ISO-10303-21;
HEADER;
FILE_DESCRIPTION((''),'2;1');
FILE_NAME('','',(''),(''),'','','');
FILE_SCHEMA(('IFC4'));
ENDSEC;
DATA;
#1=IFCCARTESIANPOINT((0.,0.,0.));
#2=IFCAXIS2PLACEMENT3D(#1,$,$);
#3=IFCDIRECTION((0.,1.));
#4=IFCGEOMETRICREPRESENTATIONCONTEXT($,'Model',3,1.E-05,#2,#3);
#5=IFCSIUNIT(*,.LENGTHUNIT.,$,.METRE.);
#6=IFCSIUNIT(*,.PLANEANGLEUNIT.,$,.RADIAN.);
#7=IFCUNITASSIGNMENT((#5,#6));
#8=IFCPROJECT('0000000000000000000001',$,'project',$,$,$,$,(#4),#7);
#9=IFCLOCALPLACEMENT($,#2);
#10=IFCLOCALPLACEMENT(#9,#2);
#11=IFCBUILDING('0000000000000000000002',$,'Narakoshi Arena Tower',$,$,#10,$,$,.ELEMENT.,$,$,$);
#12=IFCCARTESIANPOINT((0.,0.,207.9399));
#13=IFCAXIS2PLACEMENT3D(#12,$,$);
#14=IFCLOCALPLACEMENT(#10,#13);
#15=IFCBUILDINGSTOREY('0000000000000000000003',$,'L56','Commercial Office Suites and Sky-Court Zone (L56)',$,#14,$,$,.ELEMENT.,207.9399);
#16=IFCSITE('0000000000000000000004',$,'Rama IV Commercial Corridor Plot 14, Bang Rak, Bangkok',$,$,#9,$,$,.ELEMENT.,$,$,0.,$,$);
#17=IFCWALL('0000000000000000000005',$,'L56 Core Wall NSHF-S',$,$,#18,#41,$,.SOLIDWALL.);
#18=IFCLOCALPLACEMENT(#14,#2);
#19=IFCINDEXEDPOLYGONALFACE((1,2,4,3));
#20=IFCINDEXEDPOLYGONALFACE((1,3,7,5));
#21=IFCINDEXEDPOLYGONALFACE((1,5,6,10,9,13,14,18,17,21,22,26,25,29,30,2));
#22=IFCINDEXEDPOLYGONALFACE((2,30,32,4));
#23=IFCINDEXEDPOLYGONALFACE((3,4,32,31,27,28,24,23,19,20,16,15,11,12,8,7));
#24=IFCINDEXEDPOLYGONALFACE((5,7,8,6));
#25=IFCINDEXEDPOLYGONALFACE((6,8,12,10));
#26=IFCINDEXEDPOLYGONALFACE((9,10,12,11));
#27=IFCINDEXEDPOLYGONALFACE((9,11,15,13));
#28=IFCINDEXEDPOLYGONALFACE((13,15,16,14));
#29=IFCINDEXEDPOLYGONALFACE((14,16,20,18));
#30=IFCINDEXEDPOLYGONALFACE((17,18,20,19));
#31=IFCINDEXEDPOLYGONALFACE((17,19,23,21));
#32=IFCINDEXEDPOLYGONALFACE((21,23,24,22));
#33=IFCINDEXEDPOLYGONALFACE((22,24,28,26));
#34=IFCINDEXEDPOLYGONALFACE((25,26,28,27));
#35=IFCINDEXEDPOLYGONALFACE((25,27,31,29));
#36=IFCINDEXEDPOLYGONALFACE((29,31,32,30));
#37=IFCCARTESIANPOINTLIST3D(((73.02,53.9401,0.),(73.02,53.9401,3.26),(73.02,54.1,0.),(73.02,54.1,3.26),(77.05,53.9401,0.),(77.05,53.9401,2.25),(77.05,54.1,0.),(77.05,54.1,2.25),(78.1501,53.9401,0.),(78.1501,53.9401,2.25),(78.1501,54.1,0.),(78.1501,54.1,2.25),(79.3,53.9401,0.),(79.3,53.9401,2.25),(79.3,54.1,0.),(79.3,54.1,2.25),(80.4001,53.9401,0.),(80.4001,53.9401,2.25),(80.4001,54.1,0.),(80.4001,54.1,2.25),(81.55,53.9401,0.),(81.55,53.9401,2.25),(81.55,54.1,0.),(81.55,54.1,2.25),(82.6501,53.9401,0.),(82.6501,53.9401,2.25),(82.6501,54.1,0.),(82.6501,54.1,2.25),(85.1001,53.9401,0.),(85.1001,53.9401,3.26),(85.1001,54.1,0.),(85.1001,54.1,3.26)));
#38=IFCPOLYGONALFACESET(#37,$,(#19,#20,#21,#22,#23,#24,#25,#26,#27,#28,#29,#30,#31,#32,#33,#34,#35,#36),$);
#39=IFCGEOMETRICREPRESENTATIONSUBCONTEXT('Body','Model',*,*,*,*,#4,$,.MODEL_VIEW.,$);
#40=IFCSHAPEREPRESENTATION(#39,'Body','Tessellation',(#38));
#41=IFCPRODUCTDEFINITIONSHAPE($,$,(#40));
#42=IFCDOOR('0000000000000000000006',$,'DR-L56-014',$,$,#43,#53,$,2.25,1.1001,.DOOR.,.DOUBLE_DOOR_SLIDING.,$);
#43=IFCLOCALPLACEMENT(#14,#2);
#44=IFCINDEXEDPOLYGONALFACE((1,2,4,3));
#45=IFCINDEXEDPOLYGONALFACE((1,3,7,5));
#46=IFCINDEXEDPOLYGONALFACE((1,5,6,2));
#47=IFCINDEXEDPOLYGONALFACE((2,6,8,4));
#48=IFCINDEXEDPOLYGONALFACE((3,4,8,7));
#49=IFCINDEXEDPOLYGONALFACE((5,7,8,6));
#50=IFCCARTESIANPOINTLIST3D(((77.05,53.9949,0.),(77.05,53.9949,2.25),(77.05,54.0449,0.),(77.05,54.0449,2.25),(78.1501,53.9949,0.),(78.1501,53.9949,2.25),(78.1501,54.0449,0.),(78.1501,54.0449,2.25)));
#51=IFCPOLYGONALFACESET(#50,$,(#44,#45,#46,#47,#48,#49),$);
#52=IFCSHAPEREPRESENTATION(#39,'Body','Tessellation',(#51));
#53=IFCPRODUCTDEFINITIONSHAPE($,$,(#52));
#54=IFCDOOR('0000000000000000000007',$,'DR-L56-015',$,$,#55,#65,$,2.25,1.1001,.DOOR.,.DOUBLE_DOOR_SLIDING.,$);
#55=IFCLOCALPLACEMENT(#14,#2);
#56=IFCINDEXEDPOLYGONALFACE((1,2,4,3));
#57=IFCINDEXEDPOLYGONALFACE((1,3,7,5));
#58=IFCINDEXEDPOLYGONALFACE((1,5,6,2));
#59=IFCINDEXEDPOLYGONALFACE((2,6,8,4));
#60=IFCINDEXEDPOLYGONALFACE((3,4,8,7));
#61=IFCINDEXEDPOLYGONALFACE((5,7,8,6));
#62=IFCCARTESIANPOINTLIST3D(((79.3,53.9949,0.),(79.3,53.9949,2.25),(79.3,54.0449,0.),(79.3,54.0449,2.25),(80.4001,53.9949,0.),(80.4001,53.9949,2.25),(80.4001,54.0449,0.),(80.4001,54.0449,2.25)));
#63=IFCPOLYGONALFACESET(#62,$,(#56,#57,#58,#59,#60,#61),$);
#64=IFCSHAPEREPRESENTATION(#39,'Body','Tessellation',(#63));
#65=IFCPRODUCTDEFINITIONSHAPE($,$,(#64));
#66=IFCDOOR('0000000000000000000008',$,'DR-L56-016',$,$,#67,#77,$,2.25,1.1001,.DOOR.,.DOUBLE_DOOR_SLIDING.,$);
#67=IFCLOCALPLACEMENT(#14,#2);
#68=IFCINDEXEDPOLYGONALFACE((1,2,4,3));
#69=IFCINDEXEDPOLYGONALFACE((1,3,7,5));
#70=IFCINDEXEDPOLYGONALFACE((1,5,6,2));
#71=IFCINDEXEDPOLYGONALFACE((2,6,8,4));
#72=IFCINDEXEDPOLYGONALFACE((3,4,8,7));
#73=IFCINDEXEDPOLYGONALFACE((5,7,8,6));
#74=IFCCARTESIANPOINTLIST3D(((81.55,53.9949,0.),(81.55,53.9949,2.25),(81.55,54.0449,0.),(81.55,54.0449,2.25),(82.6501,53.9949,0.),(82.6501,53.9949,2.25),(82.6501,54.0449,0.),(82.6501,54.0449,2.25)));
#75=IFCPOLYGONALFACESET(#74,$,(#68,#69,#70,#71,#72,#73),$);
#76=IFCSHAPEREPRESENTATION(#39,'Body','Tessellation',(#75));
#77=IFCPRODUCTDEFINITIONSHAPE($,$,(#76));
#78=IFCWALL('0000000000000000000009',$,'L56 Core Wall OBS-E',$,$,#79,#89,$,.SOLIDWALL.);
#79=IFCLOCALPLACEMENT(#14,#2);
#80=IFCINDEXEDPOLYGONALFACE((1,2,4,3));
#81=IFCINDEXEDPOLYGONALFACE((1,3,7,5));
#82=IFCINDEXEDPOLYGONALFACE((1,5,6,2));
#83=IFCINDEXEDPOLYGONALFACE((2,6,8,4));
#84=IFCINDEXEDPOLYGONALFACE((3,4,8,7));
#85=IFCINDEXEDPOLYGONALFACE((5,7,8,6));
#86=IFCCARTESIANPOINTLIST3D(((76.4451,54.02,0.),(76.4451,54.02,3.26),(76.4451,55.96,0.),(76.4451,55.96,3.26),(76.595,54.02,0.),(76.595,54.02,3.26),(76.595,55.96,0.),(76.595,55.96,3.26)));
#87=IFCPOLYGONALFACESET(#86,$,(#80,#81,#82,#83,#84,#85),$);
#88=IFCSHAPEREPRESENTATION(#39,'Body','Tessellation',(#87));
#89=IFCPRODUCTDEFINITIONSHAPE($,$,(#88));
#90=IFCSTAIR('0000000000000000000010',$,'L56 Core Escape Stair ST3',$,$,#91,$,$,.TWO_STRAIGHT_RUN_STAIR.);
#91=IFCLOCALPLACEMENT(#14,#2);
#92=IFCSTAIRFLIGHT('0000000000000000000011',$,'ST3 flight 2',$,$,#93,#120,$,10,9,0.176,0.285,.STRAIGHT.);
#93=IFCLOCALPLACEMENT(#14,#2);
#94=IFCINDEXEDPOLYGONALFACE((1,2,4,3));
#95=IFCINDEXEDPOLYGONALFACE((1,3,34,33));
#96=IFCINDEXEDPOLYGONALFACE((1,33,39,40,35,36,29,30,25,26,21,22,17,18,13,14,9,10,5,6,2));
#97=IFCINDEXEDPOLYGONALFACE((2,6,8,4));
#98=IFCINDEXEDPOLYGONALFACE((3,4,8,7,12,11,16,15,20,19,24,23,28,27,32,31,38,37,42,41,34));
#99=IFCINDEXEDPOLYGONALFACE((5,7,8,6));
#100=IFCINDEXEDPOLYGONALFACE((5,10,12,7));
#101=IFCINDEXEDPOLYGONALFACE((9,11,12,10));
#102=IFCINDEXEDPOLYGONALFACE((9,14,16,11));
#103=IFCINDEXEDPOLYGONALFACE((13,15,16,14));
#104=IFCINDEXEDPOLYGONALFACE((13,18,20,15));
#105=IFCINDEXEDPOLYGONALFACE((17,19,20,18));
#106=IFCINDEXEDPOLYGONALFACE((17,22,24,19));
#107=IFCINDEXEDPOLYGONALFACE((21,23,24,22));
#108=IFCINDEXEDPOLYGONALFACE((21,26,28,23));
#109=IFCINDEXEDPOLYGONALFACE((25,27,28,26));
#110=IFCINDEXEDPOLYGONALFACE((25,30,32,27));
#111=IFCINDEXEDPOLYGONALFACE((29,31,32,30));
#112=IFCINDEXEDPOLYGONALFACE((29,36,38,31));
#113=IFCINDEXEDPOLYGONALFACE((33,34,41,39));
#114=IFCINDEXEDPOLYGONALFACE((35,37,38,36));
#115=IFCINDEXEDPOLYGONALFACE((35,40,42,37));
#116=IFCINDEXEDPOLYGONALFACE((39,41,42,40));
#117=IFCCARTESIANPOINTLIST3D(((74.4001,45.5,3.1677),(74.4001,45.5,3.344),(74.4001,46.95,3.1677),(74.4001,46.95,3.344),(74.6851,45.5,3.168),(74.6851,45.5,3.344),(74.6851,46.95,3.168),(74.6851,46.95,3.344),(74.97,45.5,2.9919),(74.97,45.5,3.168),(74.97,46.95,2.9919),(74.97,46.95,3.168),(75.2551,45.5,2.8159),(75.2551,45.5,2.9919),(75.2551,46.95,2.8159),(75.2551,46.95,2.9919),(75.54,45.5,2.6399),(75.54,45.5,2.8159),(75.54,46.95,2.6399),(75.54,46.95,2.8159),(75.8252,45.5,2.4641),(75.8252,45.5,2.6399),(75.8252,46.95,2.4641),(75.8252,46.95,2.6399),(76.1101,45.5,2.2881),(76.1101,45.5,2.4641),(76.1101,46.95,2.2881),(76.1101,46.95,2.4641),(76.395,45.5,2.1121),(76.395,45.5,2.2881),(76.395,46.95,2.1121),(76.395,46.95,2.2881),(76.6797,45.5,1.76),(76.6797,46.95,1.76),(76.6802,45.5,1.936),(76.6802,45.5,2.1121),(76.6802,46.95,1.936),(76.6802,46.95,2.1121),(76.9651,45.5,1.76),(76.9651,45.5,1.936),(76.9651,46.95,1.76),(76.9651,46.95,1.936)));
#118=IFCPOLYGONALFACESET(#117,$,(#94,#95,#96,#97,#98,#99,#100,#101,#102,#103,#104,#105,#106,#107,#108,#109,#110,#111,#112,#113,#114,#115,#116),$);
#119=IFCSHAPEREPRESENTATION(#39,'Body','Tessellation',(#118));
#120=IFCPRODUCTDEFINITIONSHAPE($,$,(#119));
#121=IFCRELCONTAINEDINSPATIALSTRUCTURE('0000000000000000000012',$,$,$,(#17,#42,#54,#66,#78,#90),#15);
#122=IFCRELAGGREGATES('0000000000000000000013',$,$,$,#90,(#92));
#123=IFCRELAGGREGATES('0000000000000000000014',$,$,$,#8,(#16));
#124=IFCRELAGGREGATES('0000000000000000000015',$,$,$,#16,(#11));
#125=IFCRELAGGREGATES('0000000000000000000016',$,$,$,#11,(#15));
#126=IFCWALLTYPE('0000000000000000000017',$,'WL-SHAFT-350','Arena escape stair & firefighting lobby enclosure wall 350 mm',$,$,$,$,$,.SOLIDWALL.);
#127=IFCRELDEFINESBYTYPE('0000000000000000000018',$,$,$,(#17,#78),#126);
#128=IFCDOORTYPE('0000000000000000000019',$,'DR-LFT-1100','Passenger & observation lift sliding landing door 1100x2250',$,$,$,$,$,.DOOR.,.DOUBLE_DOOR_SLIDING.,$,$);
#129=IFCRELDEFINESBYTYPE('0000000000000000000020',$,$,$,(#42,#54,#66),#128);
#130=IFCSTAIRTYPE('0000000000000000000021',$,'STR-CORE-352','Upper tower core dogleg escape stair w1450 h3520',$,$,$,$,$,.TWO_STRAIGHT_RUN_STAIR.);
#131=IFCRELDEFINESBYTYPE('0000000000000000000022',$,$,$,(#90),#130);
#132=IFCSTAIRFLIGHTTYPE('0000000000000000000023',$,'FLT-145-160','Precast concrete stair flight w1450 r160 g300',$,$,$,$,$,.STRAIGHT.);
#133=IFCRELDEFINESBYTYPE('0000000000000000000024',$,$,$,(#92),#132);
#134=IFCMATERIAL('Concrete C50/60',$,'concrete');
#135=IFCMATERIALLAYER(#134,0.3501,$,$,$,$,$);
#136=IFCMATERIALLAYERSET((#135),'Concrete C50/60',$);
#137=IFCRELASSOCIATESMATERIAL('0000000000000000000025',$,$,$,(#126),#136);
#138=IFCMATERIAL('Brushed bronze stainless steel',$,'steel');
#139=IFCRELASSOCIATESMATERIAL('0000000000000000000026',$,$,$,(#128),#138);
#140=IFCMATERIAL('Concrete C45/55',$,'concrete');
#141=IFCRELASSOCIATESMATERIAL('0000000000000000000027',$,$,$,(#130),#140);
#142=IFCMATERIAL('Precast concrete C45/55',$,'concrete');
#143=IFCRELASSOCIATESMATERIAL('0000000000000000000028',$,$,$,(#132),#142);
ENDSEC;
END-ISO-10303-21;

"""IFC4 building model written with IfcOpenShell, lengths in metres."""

from ifc_helpers import new_model, si_unit, direction, frame, frame_2d, origin, place, context, subcontext, project, spatial, polyline, rectangle, outline, extrude, material, layer, layer_set, type_object, element, fill, aggregate, save


model = new_model("IFC4")

# Units and contexts
model_context = context("Model", 3, precision=1e-05, world=origin(), true_north=direction((0.0, 1.0)))
body_context = subcontext(model_context, "Body", "Model", "MODEL_VIEW")
ifc_project = project(units=[si_unit("LENGTHUNIT", "METRE"), si_unit("PLANEANGLEUNIT", "RADIAN")], contexts=[model_context])

# Site, building, storey
site_placement = place(None, origin())
site = spatial("IfcSite", under=ifc_project, at=site_placement, Name="Rama IV Commercial Corridor Plot 14, Bang Rak, Bangkok", CompositionType="ELEMENT", RefElevation=0.0)
building_placement = place(site_placement, origin())
building = spatial("IfcBuilding", under=site, at=building_placement, Name="Narakoshi Arena Tower", CompositionType="ELEMENT")
storey_placement = place(building_placement, frame((0.0, 0.0, 207.9399)))
storey = spatial("IfcBuildingStorey", under=building, at=storey_placement, Name="L56", Description="Commercial Office Suites and Sky-Court Zone (L56)", CompositionType="ELEMENT", Elevation=207.9399)

# Shared definitions
ifc_material_1 = material(Name="Concrete C50/60", Category="concrete")
ifc_layer_1 = layer(ifc_material_1, 0.3501)
ifc_layer_set_1 = layer_set([ifc_layer_1], Name="Concrete C50/60")
wall_type_1 = type_object("IfcWallType", Name="WL-SHAFT-350", Description="Arena escape stair & firefighting lobby enclosure wall 350 mm", PredefinedType="SOLIDWALL", material=ifc_layer_set_1)

# Wall, openings, doors
wall_1_placement = place(storey_placement, frame((73.02, 54.02, 0.0), z_axis=(0.0, 0.0, 1.0), x_axis=(1.0, 0.0, 0.0)))
wall_1 = element("IfcWall", 1, at=wall_1_placement, inside=storey, type_object=wall_type_1, Name="L56 Core Wall NSHF-S", PredefinedType="SOLIDWALL", context=body_context, shape_type="SweptSolid", body=[
    extrude(rectangle(XDim=12.0801, YDim=0.1599, at=frame_2d((6.04, 0.0))), origin(), (0.0, 0.0, 1.0), 3.26),
])
opening_1_placement = place(wall_1_placement, frame((4.03, 0.0, 0.0)))
opening_1 = element("IfcOpeningElement", 2, at=opening_1_placement, cuts=wall_1, PredefinedType="OPENING", context=body_context, shape_type="SweptSolid", body=[
    extrude(rectangle(XDim=1.1001, YDim=2.25, at=frame_2d((0.55, 1.125))), frame((0.0, 0.0898, 0.0), z_axis=(0.0, -1.0, 0.0), x_axis=(1.0, 0.0, 0.0)), (0.0, 0.0, 1.0), 0.1799),
])
opening_2_placement = place(wall_1_placement, frame((6.28, 0.0, 0.0)))
opening_2 = element("IfcOpeningElement", 3, at=opening_2_placement, cuts=wall_1, PredefinedType="OPENING", context=body_context, shape_type="SweptSolid", body=[
    extrude(rectangle(XDim=1.1001, YDim=2.25, at=frame_2d((0.55, 1.125))), frame((0.0, 0.0898, 0.0), z_axis=(0.0, -1.0, 0.0), x_axis=(1.0, 0.0, 0.0)), (0.0, 0.0, 1.0), 0.1799),
])
opening_3_placement = place(wall_1_placement, frame((8.53, 0.0, 0.0)))
opening_3 = element("IfcOpeningElement", 4, at=opening_3_placement, cuts=wall_1, PredefinedType="OPENING", context=body_context, shape_type="SweptSolid", body=[
    extrude(rectangle(XDim=1.1001, YDim=2.25, at=frame_2d((0.55, 1.125))), frame((0.0, 0.0898, 0.0), z_axis=(0.0, -1.0, 0.0), x_axis=(1.0, 0.0, 0.0)), (0.0, 0.0, 1.0), 0.1799),
])
ifc_material_2 = material(Name="Brushed bronze stainless steel", Category="steel")
door_type_1 = type_object("IfcDoorType", Name="DR-LFT-1100", Description="Passenger & observation lift sliding landing door 1100x2250", OperationType="DOUBLE_DOOR_SLIDING", PredefinedType="DOOR", material=ifc_material_2)
door_1_placement = place(opening_1_placement, origin())
door_1 = element("IfcDoor", 5, at=door_1_placement, inside=storey, type_object=door_type_1, Name="DR-L56-014", OperationType="DOUBLE_DOOR_SLIDING", OverallHeight=2.25, OverallWidth=1.1001, PredefinedType="DOOR", context=body_context, shape_type="SweptSolid", body=[
    extrude(rectangle(XDim=1.1001, YDim=2.25, at=frame_2d((0.55, 1.125))), frame((0.0, 0.0249, 0.0), z_axis=(0.0, -1.0, 0.0), x_axis=(1.0, 0.0, 0.0)), (0.0, 0.0, 1.0), 0.05),
])
fill(opening_1, door_1)
door_2_placement = place(opening_2_placement, origin())
door_2 = element("IfcDoor", 6, at=door_2_placement, inside=storey, type_object=door_type_1, Name="DR-L56-015", OperationType="DOUBLE_DOOR_SLIDING", OverallHeight=2.25, OverallWidth=1.1001, PredefinedType="DOOR", context=body_context, shape_type="SweptSolid", body=[
    extrude(rectangle(XDim=1.1001, YDim=2.25, at=frame_2d((0.55, 1.125))), frame((0.0, 0.0249, 0.0), z_axis=(0.0, -1.0, 0.0), x_axis=(1.0, 0.0, 0.0)), (0.0, 0.0, 1.0), 0.05),
])
fill(opening_2, door_2)
door_3_placement = place(opening_3_placement, origin())
door_3 = element("IfcDoor", 7, at=door_3_placement, inside=storey, type_object=door_type_1, Name="DR-L56-016", OperationType="DOUBLE_DOOR_SLIDING", OverallHeight=2.25, OverallWidth=1.1001, PredefinedType="DOOR", context=body_context, shape_type="SweptSolid", body=[
    extrude(rectangle(XDim=1.1001, YDim=2.25, at=frame_2d((0.55, 1.125))), frame((0.0, 0.0249, 0.0), z_axis=(0.0, -1.0, 0.0), x_axis=(1.0, 0.0, 0.0)), (0.0, 0.0, 1.0), 0.05),
])
fill(opening_3, door_3)

# Wall
wall_2_placement = place(storey_placement, frame((76.52, 54.02, 0.0), z_axis=(0.0, 0.0, 1.0), x_axis=(0.0, 1.0, 0.0)))
element("IfcWall", 8, at=wall_2_placement, inside=storey, type_object=wall_type_1, Name="L56 Core Wall OBS-E", PredefinedType="SOLIDWALL", context=body_context, shape_type="SweptSolid", body=[
    extrude(rectangle(XDim=1.9399, YDim=0.1499, at=frame_2d((0.97, 0.0))), origin(), (0.0, 0.0, 1.0), 3.26),
])

# Stair, stair flight
ifc_material_3 = material(Name="Concrete C45/55", Category="concrete")
stair_type = type_object("IfcStairType", Name="STR-CORE-352", Description="Upper tower core dogleg escape stair w1450 h3520", PredefinedType="TWO_STRAIGHT_RUN_STAIR", material=ifc_material_3)
stair_placement = place(storey_placement, origin())
stair = element("IfcStair", 9, at=stair_placement, inside=storey, type_object=stair_type, Name="L56 Core Escape Stair ST3", PredefinedType="TWO_STRAIGHT_RUN_STAIR")
ifc_material_4 = material(Name="Precast concrete C45/55", Category="concrete")
stair_flight_type = type_object("IfcStairFlightType", Name="FLT-145-160", Description="Precast concrete stair flight w1450 r160 g300", PredefinedType="STRAIGHT", material=ifc_material_4)
stair_flight_placement = place(storey_placement, frame((76.9651, 46.2251, 1.76), z_axis=(0.0, 0.0, 1.0), x_axis=(-1.0, 0.0, 0.0)))
stair_flight = element("IfcStairFlight", 10, at=stair_flight_placement, type_object=stair_flight_type, Name="ST3 flight 2", NumberOfRisers=10, NumberOfTreads=9, PredefinedType="STRAIGHT", RiserHeight=0.176, TreadLength=0.285, context=body_context, shape_type="SweptSolid", body=[
    extrude(outline(polyline([(0.0, 0.0), (0.0, 0.176), (0.2849, 0.176), (0.2849, 0.3521), (0.5701, 0.3521), (0.5701, 0.5281), (0.855, 0.5281), (0.855, 0.7041), (1.1399, 0.7041), (1.1399, 0.8799), (1.425, 0.8799), (1.425, 1.0559), (1.71, 1.0559), (1.71, 1.2319), (1.9951, 1.2319), (1.9951, 1.408), (2.28, 1.408), (2.28, 1.584), (2.5649, 1.584), (2.5649, 1.76), (2.5649, 1.4077), (0.2854, 0.0), (0.0, 0.0)])), frame((0.0, 0.7251, 0.0), z_axis=(0.0, -1.0, 0.0), x_axis=(1.0, 0.0, 0.0)), (0.0, 0.0, 1.0), 1.45),
])
aggregate(stair, [stair_flight])

save(model, "model.ifc")
